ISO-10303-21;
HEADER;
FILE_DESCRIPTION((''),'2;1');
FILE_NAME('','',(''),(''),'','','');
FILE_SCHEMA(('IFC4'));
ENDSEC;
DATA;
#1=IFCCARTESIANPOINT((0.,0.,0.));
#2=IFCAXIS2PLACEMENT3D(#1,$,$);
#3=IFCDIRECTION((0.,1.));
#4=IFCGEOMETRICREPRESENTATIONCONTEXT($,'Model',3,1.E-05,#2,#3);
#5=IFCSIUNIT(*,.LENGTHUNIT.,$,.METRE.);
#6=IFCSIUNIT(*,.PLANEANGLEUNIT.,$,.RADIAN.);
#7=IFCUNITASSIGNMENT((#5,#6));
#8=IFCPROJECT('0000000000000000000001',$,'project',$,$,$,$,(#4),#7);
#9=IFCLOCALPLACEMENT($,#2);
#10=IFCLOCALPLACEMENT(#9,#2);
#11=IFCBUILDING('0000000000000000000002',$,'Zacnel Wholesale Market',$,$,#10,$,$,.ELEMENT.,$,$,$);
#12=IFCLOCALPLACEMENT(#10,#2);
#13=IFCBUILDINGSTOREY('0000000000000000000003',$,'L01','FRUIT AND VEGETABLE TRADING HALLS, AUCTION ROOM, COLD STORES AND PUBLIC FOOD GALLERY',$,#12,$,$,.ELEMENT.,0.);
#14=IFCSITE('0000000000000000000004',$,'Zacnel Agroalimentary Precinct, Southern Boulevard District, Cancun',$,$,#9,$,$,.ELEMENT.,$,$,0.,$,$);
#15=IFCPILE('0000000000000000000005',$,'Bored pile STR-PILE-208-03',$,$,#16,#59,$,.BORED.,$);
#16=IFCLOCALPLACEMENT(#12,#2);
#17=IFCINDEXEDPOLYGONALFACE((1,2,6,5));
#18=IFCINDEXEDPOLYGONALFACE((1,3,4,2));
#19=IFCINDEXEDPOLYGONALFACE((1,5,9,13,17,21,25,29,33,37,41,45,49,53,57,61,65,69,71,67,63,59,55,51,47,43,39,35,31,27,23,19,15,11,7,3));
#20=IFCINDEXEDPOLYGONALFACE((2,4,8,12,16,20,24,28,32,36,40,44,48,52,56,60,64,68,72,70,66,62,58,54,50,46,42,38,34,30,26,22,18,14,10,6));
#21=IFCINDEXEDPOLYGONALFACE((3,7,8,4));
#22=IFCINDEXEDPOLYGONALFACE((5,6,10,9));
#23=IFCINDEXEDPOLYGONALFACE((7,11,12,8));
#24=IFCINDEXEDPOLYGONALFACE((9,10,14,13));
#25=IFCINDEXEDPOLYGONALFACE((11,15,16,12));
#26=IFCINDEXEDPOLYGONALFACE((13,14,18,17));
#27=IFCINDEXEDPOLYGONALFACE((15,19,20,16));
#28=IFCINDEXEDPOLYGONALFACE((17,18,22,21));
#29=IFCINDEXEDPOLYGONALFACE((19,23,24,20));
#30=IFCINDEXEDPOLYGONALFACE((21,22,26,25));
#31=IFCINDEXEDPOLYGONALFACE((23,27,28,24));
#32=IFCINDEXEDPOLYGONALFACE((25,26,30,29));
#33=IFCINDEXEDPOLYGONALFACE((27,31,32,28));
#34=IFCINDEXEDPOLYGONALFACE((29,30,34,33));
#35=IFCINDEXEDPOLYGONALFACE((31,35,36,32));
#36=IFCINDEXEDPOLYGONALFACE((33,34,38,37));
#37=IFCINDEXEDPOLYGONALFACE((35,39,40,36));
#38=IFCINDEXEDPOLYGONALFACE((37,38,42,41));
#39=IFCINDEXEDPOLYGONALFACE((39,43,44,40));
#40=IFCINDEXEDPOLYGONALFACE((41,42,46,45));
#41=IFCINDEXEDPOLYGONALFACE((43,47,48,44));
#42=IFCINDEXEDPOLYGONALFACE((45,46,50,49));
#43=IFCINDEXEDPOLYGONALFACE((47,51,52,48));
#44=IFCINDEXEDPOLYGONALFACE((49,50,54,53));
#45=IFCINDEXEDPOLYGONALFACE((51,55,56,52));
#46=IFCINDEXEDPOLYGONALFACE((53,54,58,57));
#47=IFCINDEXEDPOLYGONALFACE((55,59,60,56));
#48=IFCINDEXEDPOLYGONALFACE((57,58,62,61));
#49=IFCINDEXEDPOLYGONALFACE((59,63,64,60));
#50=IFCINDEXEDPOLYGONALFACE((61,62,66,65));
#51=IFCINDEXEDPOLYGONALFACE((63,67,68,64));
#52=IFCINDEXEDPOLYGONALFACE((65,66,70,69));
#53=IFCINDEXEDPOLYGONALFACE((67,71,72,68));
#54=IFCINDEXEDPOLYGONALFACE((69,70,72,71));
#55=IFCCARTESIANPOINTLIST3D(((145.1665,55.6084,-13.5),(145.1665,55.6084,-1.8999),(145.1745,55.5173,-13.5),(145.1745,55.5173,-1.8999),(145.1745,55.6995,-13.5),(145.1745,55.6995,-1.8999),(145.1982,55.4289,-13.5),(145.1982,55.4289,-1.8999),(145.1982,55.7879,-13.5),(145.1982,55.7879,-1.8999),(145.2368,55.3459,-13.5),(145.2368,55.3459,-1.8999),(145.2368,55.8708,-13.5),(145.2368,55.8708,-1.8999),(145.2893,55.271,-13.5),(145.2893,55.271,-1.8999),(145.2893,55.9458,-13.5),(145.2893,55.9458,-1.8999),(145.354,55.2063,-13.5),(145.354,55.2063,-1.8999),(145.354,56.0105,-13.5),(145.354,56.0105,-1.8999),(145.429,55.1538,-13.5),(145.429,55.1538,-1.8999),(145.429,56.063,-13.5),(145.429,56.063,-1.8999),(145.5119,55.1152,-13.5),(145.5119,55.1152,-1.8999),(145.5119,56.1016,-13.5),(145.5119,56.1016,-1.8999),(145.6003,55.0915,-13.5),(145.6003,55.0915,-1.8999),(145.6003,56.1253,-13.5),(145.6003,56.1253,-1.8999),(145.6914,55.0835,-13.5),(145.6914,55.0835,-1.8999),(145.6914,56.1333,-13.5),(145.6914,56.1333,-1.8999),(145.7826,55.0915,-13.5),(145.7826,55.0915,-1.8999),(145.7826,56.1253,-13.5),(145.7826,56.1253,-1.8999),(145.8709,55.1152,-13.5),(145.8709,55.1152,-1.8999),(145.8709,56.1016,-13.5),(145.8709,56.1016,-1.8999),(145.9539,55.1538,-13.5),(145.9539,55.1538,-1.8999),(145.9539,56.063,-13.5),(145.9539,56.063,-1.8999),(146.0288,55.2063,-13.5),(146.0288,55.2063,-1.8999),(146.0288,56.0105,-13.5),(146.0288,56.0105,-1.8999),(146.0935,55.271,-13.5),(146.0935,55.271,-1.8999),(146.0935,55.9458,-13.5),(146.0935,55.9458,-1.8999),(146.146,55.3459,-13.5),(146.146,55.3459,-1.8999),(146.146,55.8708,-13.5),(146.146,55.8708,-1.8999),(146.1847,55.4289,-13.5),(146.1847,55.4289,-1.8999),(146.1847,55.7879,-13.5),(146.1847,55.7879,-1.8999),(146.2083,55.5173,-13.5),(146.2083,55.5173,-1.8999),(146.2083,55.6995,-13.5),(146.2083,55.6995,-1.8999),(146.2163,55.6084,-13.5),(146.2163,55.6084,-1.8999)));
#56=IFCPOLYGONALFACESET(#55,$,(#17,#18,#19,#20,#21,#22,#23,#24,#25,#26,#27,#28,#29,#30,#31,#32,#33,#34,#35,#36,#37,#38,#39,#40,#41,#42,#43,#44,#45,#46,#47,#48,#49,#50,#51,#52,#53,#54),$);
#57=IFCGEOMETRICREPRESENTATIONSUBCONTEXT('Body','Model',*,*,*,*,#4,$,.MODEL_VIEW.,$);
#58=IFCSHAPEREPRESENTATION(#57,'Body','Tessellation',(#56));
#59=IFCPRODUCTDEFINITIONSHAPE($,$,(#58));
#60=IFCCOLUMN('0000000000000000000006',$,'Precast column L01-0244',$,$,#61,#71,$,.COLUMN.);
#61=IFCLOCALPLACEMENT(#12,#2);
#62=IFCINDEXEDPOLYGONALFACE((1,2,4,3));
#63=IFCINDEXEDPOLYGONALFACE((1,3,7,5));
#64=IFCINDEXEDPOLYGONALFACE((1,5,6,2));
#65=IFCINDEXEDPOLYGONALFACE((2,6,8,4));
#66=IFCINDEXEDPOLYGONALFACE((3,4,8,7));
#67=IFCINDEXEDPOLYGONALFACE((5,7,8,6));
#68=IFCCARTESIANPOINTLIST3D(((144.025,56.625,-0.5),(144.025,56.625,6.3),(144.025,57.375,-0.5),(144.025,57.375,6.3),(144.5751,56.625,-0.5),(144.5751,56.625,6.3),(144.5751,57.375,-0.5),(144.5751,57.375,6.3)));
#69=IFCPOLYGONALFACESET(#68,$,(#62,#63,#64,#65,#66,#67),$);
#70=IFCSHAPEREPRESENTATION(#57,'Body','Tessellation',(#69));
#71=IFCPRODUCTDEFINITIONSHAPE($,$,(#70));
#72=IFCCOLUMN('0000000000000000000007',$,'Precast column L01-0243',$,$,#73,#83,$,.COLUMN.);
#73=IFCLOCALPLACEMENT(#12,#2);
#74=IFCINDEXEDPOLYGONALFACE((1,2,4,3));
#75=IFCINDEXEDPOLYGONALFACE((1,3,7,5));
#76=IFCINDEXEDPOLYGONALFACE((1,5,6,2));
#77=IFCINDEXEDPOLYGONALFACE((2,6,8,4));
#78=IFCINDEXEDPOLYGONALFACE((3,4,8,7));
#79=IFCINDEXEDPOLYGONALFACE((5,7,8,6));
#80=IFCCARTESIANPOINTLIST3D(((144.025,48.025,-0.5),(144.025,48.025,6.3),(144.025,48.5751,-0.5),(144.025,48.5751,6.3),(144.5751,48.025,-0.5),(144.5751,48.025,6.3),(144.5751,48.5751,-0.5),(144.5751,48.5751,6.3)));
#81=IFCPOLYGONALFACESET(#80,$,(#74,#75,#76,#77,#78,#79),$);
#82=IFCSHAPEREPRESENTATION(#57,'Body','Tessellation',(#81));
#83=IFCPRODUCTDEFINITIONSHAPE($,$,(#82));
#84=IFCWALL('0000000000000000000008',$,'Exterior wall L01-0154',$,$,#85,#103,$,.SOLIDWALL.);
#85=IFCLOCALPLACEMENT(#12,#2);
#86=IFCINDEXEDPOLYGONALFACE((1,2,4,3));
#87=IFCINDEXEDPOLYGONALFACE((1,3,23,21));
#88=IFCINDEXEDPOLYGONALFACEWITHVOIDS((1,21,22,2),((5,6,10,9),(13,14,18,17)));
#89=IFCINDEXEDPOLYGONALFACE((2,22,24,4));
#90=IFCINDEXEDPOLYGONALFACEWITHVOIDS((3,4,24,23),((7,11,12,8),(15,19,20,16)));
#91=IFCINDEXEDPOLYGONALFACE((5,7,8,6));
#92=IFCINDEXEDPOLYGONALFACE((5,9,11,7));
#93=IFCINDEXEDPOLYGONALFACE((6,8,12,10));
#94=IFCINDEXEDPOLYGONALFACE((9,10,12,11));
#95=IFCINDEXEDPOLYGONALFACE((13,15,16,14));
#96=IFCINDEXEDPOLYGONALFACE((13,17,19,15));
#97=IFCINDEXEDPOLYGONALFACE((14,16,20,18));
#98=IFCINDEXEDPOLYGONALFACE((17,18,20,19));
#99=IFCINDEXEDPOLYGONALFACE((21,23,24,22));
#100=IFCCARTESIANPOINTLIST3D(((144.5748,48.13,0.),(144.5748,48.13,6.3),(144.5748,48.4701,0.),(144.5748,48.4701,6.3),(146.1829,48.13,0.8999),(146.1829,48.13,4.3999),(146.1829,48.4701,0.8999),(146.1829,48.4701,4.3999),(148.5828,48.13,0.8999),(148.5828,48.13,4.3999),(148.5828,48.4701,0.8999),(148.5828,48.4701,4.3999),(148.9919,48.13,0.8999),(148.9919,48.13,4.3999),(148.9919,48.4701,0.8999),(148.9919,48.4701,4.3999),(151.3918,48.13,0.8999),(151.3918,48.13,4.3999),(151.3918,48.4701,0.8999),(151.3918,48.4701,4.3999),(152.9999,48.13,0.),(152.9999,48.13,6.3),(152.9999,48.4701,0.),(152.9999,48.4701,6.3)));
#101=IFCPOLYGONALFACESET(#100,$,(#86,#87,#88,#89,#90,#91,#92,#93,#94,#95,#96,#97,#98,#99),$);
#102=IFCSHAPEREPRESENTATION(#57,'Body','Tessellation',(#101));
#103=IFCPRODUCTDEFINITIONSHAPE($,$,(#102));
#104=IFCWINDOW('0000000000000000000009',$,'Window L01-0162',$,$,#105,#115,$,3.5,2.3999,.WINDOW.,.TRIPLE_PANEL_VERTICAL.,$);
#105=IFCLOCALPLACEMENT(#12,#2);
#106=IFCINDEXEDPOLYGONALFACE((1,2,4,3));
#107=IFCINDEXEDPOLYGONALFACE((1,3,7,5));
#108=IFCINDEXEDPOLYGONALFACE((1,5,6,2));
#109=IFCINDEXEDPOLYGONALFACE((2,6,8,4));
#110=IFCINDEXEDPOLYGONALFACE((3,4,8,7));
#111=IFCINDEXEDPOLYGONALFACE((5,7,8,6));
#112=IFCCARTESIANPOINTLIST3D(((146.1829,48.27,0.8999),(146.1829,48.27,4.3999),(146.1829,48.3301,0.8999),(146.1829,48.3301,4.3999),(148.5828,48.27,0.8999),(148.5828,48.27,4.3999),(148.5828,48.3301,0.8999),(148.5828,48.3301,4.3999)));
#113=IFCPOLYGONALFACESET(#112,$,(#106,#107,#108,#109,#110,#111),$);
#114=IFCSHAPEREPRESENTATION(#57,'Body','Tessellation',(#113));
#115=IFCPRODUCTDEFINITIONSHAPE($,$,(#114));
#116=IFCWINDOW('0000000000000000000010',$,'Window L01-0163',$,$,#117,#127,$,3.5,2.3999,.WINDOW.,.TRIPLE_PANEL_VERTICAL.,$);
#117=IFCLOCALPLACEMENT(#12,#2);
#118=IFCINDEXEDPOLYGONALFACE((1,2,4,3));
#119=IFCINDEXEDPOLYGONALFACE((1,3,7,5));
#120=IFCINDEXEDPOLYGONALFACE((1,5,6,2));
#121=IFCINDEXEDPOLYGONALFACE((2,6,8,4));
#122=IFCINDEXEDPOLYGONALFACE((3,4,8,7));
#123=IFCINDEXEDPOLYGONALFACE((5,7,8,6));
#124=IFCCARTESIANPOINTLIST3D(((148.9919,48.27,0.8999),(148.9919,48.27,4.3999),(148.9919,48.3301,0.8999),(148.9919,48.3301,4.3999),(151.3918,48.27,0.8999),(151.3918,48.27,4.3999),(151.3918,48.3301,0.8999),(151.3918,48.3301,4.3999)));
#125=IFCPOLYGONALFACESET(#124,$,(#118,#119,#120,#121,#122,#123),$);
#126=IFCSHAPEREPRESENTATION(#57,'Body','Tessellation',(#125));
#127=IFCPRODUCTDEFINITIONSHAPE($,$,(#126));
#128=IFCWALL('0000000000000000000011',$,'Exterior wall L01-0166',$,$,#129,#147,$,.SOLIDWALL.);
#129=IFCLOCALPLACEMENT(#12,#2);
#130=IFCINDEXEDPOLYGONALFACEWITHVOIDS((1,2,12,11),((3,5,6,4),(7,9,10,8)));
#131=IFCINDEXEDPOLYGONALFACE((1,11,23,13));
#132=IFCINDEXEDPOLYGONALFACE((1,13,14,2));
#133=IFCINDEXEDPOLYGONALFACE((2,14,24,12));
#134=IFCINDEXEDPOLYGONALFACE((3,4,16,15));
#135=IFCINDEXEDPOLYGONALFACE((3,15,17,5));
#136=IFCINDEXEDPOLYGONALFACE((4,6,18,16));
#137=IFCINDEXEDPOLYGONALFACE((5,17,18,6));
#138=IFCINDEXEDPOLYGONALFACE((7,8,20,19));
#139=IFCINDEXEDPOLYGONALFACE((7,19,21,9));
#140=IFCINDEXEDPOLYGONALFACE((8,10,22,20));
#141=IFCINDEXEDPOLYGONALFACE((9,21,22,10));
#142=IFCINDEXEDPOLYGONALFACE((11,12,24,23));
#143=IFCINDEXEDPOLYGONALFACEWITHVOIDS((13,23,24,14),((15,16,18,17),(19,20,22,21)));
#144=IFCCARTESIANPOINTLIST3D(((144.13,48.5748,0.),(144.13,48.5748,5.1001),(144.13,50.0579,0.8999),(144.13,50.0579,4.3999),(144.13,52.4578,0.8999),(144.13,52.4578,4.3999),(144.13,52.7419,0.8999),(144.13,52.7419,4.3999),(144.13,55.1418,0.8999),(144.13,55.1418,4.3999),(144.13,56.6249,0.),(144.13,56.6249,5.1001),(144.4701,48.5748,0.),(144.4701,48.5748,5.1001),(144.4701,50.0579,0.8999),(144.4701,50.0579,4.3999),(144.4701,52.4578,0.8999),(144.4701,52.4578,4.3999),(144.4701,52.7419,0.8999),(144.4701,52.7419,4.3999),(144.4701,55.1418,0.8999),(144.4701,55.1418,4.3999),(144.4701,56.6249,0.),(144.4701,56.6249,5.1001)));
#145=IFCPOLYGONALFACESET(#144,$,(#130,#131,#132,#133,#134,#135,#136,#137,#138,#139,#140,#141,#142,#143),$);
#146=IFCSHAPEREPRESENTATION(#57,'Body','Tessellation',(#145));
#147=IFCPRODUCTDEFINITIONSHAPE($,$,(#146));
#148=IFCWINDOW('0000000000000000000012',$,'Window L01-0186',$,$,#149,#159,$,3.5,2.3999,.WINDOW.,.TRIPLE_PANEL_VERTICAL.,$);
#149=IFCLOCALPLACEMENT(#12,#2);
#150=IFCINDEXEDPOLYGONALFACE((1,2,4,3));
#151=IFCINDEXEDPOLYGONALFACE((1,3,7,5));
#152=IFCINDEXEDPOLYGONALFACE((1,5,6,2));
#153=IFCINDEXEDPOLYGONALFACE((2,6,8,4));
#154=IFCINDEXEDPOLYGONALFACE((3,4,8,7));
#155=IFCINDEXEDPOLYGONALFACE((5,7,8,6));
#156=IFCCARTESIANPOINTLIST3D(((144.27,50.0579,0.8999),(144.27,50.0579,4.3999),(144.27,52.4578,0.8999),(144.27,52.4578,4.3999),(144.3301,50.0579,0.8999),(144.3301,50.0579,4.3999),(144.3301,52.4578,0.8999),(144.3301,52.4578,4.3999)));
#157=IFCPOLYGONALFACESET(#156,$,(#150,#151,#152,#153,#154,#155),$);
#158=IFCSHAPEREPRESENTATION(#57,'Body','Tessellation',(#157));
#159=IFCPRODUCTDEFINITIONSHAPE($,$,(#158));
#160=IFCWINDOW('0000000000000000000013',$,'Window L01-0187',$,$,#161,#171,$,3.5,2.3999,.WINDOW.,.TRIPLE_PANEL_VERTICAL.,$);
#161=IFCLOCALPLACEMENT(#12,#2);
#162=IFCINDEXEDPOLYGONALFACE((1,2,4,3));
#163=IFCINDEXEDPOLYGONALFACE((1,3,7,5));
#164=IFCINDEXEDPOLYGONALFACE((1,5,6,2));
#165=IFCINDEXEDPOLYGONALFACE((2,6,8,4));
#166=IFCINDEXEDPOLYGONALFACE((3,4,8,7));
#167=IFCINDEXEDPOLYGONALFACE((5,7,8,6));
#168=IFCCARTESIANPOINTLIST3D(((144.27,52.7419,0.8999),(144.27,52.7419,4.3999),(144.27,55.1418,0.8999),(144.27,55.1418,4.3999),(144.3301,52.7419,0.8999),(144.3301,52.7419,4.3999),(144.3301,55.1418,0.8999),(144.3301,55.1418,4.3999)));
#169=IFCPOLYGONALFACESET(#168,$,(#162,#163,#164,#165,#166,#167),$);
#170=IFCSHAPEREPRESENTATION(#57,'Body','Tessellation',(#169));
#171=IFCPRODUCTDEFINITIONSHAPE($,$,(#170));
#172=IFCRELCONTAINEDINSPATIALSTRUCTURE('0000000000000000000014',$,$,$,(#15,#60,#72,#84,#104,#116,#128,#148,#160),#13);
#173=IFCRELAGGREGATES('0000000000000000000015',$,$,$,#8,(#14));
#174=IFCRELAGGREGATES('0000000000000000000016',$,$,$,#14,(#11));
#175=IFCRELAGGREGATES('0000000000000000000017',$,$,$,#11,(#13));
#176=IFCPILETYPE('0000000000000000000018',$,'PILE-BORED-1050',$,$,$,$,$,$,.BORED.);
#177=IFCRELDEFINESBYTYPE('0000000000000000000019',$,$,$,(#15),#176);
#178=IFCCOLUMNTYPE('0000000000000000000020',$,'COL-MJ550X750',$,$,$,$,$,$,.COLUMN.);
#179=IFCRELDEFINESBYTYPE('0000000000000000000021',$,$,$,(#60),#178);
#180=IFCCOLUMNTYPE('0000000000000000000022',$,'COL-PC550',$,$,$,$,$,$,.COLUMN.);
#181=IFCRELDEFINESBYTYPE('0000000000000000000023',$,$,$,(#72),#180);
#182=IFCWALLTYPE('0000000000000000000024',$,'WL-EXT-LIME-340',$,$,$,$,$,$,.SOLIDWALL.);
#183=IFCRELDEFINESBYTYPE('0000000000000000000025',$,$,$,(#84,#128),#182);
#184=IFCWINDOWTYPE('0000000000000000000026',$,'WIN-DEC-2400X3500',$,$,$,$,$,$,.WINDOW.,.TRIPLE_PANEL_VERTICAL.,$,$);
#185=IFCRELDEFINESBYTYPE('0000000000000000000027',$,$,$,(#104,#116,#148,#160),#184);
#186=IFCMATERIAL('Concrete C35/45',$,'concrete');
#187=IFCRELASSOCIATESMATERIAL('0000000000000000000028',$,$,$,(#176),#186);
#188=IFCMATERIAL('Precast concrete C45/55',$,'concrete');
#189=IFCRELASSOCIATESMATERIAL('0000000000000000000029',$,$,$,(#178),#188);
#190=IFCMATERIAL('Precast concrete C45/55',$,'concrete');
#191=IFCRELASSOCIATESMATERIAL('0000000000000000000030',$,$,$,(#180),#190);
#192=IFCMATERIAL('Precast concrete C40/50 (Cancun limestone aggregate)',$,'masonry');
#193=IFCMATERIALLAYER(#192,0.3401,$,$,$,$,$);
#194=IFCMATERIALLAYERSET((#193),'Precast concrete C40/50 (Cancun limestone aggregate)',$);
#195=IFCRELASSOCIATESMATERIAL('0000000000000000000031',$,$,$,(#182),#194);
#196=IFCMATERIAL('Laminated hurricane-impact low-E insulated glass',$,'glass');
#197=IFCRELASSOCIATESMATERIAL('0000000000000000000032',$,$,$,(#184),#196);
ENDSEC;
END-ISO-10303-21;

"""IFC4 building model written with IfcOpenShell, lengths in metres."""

from ifc_helpers import new_model, si_unit, direction, frame, frame_2d, origin, origin_2d, place, context, subcontext, project, spatial, rectangle, circle, extrude, material, layer, layer_set, material_profile, profile_set, type_object, element, fill, save


model = new_model("IFC4")

# Units and contexts
model_context = context("Model", 3, precision=1e-05, world=origin(), true_north=direction((0.0, 1.0)))
body_context = subcontext(model_context, "Body", "Model", "MODEL_VIEW")
ifc_project = project(units=[si_unit("LENGTHUNIT", "METRE"), si_unit("PLANEANGLEUNIT", "RADIAN")], contexts=[model_context])

# Site, building, storey
site_placement = place(None, origin())
site = spatial("IfcSite", under=ifc_project, at=site_placement, Name="Zacnel Agroalimentary Precinct, Southern Boulevard District, Cancun", CompositionType="ELEMENT", RefElevation=0.0)
building_placement = place(site_placement, origin())
building = spatial("IfcBuilding", under=site, at=building_placement, Name="Zacnel Wholesale Market", CompositionType="ELEMENT")
storey_placement = place(building_placement, origin())
storey = spatial("IfcBuildingStorey", under=building, at=storey_placement, Name="L01", Description="FRUIT AND VEGETABLE TRADING HALLS, AUCTION ROOM, COLD STORES AND PUBLIC FOOD GALLERY", CompositionType="ELEMENT", Elevation=0.0)

# Pile
ifc_material_1 = material(Name="Concrete C35/45", Category="concrete")
ifc_material_profile_1 = material_profile(ifc_material_1, circle(Radius=0.5249, at=origin_2d()), Name="BORED PILE D1050")
ifc_profile_set_1 = profile_set([ifc_material_profile_1], Name="Concrete C35/45")
pile_type = type_object("IfcPileType", Name="PILE-BORED-1050", PredefinedType="BORED", material=ifc_profile_set_1)
for number, where, z_axis, x_axis, name in (
    (1, (145.6914, 55.6084, -1.8999), (0.0, 0.0, -1.0), (1.0, 0.0, 0.0), "Bored pile STR-PILE-208-03"),
):
    element("IfcPile", number, at=place(storey_placement, frame(where, z_axis=z_axis, x_axis=x_axis)), inside=storey, type_object=pile_type, Name=name, PredefinedType="BORED", context=body_context, shape_type="SweptSolid", body=[
        extrude(circle(Radius=0.5249, at=origin_2d()), origin(), (0.0, 0.0, 1.0), 11.6001),
    ])

# Columns
ifc_material_2 = material(Name="Precast concrete C45/55", Category="concrete")
ifc_material_profile_2 = material_profile(ifc_material_2, rectangle(XDim=0.55, YDim=0.75, at=origin_2d()), Name="PC 550x750")
ifc_profile_set_2 = profile_set([ifc_material_profile_2], Name="Precast concrete C45/55")
column_type_1 = type_object("IfcColumnType", Name="COL-MJ550X750", PredefinedType="COLUMN", material=ifc_profile_set_2)
column_1_placement = place(storey_placement, frame((144.3, 57.0, -0.5), z_axis=(0.0, 0.0, 1.0), x_axis=(1.0, 0.0, 0.0)))
element("IfcColumn", 2, at=column_1_placement, inside=storey, type_object=column_type_1, Name="Precast column L01-0244", PredefinedType="COLUMN", context=body_context, shape_type="SweptSolid", body=[
    extrude(rectangle(XDim=0.55, YDim=0.75, at=origin_2d()), origin(), (0.0, 0.0, 1.0), 6.8),
])
ifc_material_3 = material(Name="Precast concrete C45/55", Category="concrete")
ifc_material_profile_3 = material_profile(ifc_material_3, rectangle(XDim=0.55, YDim=0.55, at=origin_2d()), Name="PC 550x550")
ifc_profile_set_3 = profile_set([ifc_material_profile_3], Name="Precast concrete C45/55")
column_type_2 = type_object("IfcColumnType", Name="COL-PC550", PredefinedType="COLUMN", material=ifc_profile_set_3)
column_2_placement = place(storey_placement, frame((144.3, 48.3, -0.5), z_axis=(0.0, 0.0, 1.0), x_axis=(1.0, 0.0, 0.0)))
element("IfcColumn", 3, at=column_2_placement, inside=storey, type_object=column_type_2, Name="Precast column L01-0243", PredefinedType="COLUMN", context=body_context, shape_type="SweptSolid", body=[
    extrude(rectangle(XDim=0.55, YDim=0.55, at=origin_2d()), origin(), (0.0, 0.0, 1.0), 6.8),
])

# Walls, openings, windows
ifc_material_4 = material(Name="Precast concrete C40/50 (Cancun limestone aggregate)", Category="masonry")
ifc_layer_1 = layer(ifc_material_4, 0.3401)
ifc_layer_set_1 = layer_set([ifc_layer_1], Name="Precast concrete C40/50 (Cancun limestone aggregate)")
wall_type = type_object("IfcWallType", Name="WL-EXT-LIME-340", PredefinedType="SOLIDWALL", material=ifc_layer_set_1)
wall_1_placement = place(storey_placement, frame((144.575, 48.3, 0.0), z_axis=(0.0, 0.0, 1.0), x_axis=(1.0, 0.0, 0.0)))
wall_1 = element("IfcWall", 4, at=wall_1_placement, inside=storey, type_object=wall_type, Name="Exterior wall L01-0154", PredefinedType="SOLIDWALL", context=body_context, shape_type="SweptSolid", body=[
    extrude(rectangle(XDim=8.425, YDim=0.3401, at=frame_2d((4.2124, 0.0))), origin(), (0.0, 0.0, 1.0), 6.3),
])
opening_1_placement = place(wall_1_placement, frame((1.6079, 0.0, 0.8999)))
opening_1 = element("IfcOpeningElement", 5, at=opening_1_placement, cuts=wall_1, PredefinedType="OPENING", context=body_context, shape_type="SweptSolid", body=[
    extrude(rectangle(XDim=2.3999, YDim=3.5, at=frame_2d((1.2, 1.75))), frame((0.0, 0.1799, 0.0), z_axis=(0.0, -1.0, 0.0), x_axis=(1.0, 0.0, 0.0)), (0.0, 0.0, 1.0), 0.3601),
])
opening_2_placement = place(wall_1_placement, frame((4.417, 0.0, 0.8999)))
opening_2 = element("IfcOpeningElement", 6, at=opening_2_placement, cuts=wall_1, PredefinedType="OPENING", context=body_context, shape_type="SweptSolid", body=[
    extrude(rectangle(XDim=2.3999, YDim=3.5, at=frame_2d((1.2, 1.75))), frame((0.0, 0.1799, 0.0), z_axis=(0.0, -1.0, 0.0), x_axis=(1.0, 0.0, 0.0)), (0.0, 0.0, 1.0), 0.3601),
])
ifc_material_5 = material(Name="Laminated hurricane-impact low-E insulated glass", Category="glass")
window_type = type_object("IfcWindowType", Name="WIN-DEC-2400X3500", PartitioningType="TRIPLE_PANEL_VERTICAL", PredefinedType="WINDOW", material=ifc_material_5)
window_1_placement = place(opening_1_placement, origin())
window_1 = element("IfcWindow", 7, at=window_1_placement, inside=storey, type_object=window_type, Name="Window L01-0162", OverallHeight=3.5, OverallWidth=2.3999, PartitioningType="TRIPLE_PANEL_VERTICAL", PredefinedType="WINDOW", context=body_context, shape_type="SweptSolid", body=[
    extrude(rectangle(XDim=2.3999, YDim=3.5, at=frame_2d((1.2, 1.75))), frame((0.0, 0.03, 0.0), z_axis=(0.0, -1.0, 0.0), x_axis=(1.0, 0.0, 0.0)), (0.0, 0.0, 1.0), 0.0601),
])
fill(opening_1, window_1)
window_2_placement = place(opening_2_placement, origin())
window_2 = element("IfcWindow", 8, at=window_2_placement, inside=storey, type_object=window_type, Name="Window L01-0163", OverallHeight=3.5, OverallWidth=2.3999, PartitioningType="TRIPLE_PANEL_VERTICAL", PredefinedType="WINDOW", context=body_context, shape_type="SweptSolid", body=[
    extrude(rectangle(XDim=2.3999, YDim=3.5, at=frame_2d((1.2, 1.75))), frame((0.0, 0.03, 0.0), z_axis=(0.0, -1.0, 0.0), x_axis=(1.0, 0.0, 0.0)), (0.0, 0.0, 1.0), 0.0601),
])
fill(opening_2, window_2)
wall_2_placement = place(storey_placement, frame((144.3, 48.575, 0.0), z_axis=(0.0, 0.0, 1.0), x_axis=(0.0, 1.0, 0.0)))
wall_2 = element("IfcWall", 9, at=wall_2_placement, inside=storey, type_object=wall_type, Name="Exterior wall L01-0166", PredefinedType="SOLIDWALL", context=body_context, shape_type="SweptSolid", body=[
    extrude(rectangle(XDim=8.05, YDim=0.3401, at=frame_2d((4.0249, 0.0))), origin(), (0.0, 0.0, 1.0), 5.1001),
])
opening_3_placement = place(wall_2_placement, frame((1.4829, 0.0, 0.8999)))
opening_3 = element("IfcOpeningElement", 10, at=opening_3_placement, cuts=wall_2, PredefinedType="OPENING", context=body_context, shape_type="SweptSolid", body=[
    extrude(rectangle(XDim=2.3999, YDim=3.5, at=frame_2d((1.2, 1.75))), frame((0.0, 0.1799, 0.0), z_axis=(0.0, -1.0, 0.0), x_axis=(1.0, 0.0, 0.0)), (0.0, 0.0, 1.0), 0.3601),
])
opening_4_placement = place(wall_2_placement, frame((4.167, 0.0, 0.8999)))
opening_4 = element("IfcOpeningElement", 11, at=opening_4_placement, cuts=wall_2, PredefinedType="OPENING", context=body_context, shape_type="SweptSolid", body=[
    extrude(rectangle(XDim=2.3999, YDim=3.5, at=frame_2d((1.2, 1.75))), frame((0.0, 0.1799, 0.0), z_axis=(0.0, -1.0, 0.0), x_axis=(1.0, 0.0, 0.0)), (0.0, 0.0, 1.0), 0.3601),
])
window_3_placement = place(opening_3_placement, origin())
window_3 = element("IfcWindow", 12, at=window_3_placement, inside=storey, type_object=window_type, Name="Window L01-0186", OverallHeight=3.5, OverallWidth=2.3999, PartitioningType="TRIPLE_PANEL_VERTICAL", PredefinedType="WINDOW", context=body_context, shape_type="SweptSolid", body=[
    extrude(rectangle(XDim=2.3999, YDim=3.5, at=frame_2d((1.2, 1.75))), frame((0.0, 0.03, 0.0), z_axis=(0.0, -1.0, 0.0), x_axis=(1.0, 0.0, 0.0)), (0.0, 0.0, 1.0), 0.0601),
])
fill(opening_3, window_3)
window_4_placement = place(opening_4_placement, origin())
window_4 = element("IfcWindow", 13, at=window_4_placement, inside=storey, type_object=window_type, Name="Window L01-0187", OverallHeight=3.5, OverallWidth=2.3999, PartitioningType="TRIPLE_PANEL_VERTICAL", PredefinedType="WINDOW", context=body_context, shape_type="SweptSolid", body=[
    extrude(rectangle(XDim=2.3999, YDim=3.5, at=frame_2d((1.2, 1.75))), frame((0.0, 0.03, 0.0), z_axis=(0.0, -1.0, 0.0), x_axis=(1.0, 0.0, 0.0)), (0.0, 0.0, 1.0), 0.0601),
])
fill(opening_4, window_4)

save(model, "model.ifc")
